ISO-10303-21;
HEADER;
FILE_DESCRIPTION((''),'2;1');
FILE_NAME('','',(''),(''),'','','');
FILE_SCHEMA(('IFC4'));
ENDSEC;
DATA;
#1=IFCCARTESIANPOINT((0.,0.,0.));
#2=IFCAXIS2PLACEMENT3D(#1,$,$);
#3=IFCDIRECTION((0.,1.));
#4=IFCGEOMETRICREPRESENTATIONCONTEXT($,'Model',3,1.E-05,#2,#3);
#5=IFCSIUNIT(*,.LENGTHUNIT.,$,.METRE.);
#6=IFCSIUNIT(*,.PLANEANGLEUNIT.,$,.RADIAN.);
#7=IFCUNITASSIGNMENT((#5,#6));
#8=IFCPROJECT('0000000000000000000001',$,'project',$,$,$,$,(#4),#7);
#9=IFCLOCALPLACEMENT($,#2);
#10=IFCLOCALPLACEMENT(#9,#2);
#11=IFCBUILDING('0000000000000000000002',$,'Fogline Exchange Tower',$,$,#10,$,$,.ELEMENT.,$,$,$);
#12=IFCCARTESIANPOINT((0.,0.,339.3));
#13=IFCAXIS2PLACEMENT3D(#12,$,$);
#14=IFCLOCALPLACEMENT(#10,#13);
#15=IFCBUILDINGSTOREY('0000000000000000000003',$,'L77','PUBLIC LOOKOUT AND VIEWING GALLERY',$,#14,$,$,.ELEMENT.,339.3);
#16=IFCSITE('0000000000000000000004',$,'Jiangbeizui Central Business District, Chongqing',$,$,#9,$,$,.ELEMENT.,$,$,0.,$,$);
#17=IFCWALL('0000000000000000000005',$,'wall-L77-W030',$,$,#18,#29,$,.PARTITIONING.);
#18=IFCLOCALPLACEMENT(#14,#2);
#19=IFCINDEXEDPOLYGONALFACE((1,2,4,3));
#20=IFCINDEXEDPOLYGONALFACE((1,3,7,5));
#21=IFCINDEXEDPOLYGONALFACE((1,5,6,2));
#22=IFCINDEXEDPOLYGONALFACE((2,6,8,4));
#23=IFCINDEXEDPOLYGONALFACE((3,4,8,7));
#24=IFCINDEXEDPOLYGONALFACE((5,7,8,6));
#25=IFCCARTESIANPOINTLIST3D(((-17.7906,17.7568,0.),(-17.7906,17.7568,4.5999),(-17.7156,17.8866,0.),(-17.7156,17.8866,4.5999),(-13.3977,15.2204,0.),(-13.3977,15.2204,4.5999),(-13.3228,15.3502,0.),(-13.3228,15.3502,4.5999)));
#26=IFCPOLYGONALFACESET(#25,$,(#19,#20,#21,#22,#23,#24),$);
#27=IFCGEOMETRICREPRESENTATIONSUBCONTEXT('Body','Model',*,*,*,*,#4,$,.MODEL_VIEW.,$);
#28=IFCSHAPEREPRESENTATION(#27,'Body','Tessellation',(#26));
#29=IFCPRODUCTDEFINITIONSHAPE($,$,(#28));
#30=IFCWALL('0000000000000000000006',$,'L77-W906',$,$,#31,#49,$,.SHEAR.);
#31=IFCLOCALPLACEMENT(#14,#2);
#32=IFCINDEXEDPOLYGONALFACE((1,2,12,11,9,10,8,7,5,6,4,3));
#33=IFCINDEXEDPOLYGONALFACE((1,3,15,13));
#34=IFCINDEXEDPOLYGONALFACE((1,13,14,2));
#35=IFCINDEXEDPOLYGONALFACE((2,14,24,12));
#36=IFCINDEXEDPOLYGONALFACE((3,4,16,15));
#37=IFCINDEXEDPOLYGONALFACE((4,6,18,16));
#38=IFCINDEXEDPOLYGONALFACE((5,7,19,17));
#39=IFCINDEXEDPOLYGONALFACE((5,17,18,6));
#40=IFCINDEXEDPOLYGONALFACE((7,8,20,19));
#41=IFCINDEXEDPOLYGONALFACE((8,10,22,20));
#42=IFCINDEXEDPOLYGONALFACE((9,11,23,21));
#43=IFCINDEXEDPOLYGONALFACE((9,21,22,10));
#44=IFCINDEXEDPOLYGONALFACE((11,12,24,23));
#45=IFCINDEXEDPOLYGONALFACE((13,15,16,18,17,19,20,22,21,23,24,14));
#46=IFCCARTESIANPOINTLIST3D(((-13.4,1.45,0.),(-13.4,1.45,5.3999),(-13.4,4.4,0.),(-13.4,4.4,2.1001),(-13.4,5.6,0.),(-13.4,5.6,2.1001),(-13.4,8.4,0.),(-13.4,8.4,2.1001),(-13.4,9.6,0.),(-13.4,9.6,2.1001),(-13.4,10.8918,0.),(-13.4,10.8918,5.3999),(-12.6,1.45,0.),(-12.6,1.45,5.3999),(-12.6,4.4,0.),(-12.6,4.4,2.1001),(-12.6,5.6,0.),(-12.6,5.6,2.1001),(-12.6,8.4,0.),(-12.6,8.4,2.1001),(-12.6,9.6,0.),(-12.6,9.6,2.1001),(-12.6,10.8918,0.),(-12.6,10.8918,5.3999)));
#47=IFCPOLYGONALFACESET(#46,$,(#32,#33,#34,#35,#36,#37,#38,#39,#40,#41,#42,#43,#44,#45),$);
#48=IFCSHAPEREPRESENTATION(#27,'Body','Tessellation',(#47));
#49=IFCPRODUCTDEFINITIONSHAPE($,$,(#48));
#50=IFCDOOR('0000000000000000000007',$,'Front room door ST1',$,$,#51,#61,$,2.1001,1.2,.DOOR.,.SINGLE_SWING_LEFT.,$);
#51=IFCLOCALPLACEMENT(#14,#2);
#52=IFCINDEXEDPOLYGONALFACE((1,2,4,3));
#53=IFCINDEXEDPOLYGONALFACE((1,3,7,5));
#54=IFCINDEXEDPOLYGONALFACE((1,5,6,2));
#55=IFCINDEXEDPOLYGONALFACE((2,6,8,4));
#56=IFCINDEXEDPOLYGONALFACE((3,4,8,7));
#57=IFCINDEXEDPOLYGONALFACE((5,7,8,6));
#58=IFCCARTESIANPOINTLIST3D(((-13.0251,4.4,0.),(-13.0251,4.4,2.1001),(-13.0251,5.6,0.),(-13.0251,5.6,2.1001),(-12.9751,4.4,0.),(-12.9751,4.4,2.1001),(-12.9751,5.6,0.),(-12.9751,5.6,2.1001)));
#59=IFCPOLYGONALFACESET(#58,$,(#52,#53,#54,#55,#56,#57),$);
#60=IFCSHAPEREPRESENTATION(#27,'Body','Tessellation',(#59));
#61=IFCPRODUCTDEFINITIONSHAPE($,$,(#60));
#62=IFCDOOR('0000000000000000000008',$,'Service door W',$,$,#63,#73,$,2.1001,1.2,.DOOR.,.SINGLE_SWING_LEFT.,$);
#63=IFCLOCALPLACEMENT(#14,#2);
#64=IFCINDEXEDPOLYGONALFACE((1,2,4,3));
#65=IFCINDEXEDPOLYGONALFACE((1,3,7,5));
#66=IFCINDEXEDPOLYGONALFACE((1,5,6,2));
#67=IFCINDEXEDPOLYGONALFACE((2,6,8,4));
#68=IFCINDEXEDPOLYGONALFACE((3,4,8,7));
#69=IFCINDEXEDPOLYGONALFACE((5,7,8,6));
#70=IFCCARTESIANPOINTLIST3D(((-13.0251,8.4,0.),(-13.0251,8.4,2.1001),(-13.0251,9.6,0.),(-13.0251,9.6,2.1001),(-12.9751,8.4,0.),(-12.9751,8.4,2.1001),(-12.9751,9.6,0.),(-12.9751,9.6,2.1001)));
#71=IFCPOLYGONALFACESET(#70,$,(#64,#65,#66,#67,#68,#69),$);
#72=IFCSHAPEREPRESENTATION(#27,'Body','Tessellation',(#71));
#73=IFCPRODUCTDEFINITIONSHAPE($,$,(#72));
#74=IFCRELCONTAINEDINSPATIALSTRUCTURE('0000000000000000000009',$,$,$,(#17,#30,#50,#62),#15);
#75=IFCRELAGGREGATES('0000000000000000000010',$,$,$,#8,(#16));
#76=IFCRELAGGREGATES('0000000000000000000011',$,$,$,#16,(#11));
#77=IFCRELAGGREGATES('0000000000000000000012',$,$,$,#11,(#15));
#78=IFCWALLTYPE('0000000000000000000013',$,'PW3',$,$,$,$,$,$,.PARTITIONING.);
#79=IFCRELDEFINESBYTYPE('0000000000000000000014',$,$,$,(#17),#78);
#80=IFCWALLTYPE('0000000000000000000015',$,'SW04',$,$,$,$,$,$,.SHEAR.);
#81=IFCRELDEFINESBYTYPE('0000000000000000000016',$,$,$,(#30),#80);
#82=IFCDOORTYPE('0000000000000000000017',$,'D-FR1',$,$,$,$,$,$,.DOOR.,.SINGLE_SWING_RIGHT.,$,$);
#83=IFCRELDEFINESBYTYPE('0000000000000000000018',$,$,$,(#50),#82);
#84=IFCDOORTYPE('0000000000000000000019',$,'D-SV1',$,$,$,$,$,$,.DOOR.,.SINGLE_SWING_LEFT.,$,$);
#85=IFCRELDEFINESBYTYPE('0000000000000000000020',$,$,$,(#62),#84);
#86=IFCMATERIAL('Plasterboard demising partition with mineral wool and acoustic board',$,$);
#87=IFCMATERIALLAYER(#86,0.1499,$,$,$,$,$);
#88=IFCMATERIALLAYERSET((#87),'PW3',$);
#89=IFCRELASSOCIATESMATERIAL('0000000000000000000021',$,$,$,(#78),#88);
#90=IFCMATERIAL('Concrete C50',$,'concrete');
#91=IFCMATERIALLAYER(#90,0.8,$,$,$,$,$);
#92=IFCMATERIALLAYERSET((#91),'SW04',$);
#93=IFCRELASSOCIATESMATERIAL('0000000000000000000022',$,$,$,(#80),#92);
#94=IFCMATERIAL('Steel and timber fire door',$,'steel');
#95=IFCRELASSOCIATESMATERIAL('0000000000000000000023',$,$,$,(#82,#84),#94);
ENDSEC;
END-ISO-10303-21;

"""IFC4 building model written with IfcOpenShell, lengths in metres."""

from ifc_helpers import new_model, si_unit, direction, frame, frame_2d, origin, place, context, subcontext, project, spatial, rectangle, extrude, material, layer, layer_set, type_object, element, fill, save


model = new_model("IFC4")

# Units and contexts
model_context = context("Model", 3, precision=1e-05, world=origin(), true_north=direction((0.0, 1.0)))
body_context = subcontext(model_context, "Body", "Model", "MODEL_VIEW")
ifc_project = project(units=[si_unit("LENGTHUNIT", "METRE"), si_unit("PLANEANGLEUNIT", "RADIAN")], contexts=[model_context])

# Site, building, storey
site_placement = place(None, origin())
site = spatial("IfcSite", under=ifc_project, at=site_placement, Name="Jiangbeizui Central Business District, Chongqing", CompositionType="ELEMENT", RefElevation=0.0)
building_placement = place(site_placement, origin())
building = spatial("IfcBuilding", under=site, at=building_placement, Name="Fogline Exchange Tower", CompositionType="ELEMENT")
storey_placement = place(building_placement, frame((0.0, 0.0, 339.3)))
storey = spatial("IfcBuildingStorey", under=building, at=storey_placement, Name="L77", Description="PUBLIC LOOKOUT AND VIEWING GALLERY", CompositionType="ELEMENT", Elevation=339.3)

# Wall
ifc_material_1 = material(Name="Plasterboard demising partition with mineral wool and acoustic board")
ifc_layer_1 = layer(ifc_material_1, 0.1499)
ifc_layer_set_1 = layer_set([ifc_layer_1], Name="PW3")
wall_type_1 = type_object("IfcWallType", Name="PW3", PredefinedType="PARTITIONING", material=ifc_layer_set_1)
wall_1_placement = place(storey_placement, frame((-13.3604, 15.2854, 0.0), z_axis=(0.0, 0.0, 1.0), x_axis=(-0.86601, 0.500027, 0.0)))
element("IfcWall", 1, at=wall_1_placement, inside=storey, type_object=wall_type_1, Name="wall-L77-W030", PredefinedType="PARTITIONING", context=body_context, shape_type="SweptSolid", body=[
    extrude(rectangle(XDim=5.0725, YDim=0.1499, at=frame_2d((2.5361, 0.0))), origin(), (0.0, 0.0, 1.0), 4.5999),
])

# Wall, openings, doors
ifc_material_2 = material(Name="Concrete C50", Category="concrete")
ifc_layer_2 = layer(ifc_material_2, 0.8)
ifc_layer_set_2 = layer_set([ifc_layer_2], Name="SW04")
wall_type_2 = type_object("IfcWallType", Name="SW04", PredefinedType="SHEAR", material=ifc_layer_set_2)
wall_2_placement = place(storey_placement, frame((-13.0, 10.8918, 0.0), z_axis=(0.0, 0.0, 1.0), x_axis=(0.0, -1.0, 0.0)))
wall_2 = element("IfcWall", 2, at=wall_2_placement, inside=storey, type_object=wall_type_2, Name="L77-W906", PredefinedType="SHEAR", context=body_context, shape_type="SweptSolid", body=[
    extrude(rectangle(XDim=9.4419, YDim=0.8, at=frame_2d((4.7209, 0.0))), origin(), (0.0, 0.0, 1.0), 5.3999),
])
opening_1_placement = place(wall_2_placement, frame((5.2917, 0.0, 0.0)))
opening_1 = element("IfcOpeningElement", 3, at=opening_1_placement, cuts=wall_2, PredefinedType="OPENING", context=body_context, shape_type="SweptSolid", body=[
    extrude(rectangle(XDim=1.2, YDim=2.1001, at=frame_2d((0.6001, 1.05))), frame((0.0, 0.4102, 0.0), z_axis=(0.0, -1.0, 0.0), x_axis=(1.0, 0.0, 0.0)), (0.0, 0.0, 1.0), 0.8201),
])
opening_2_placement = place(wall_2_placement, frame((1.2917, 0.0, 0.0)))
opening_2 = element("IfcOpeningElement", 4, at=opening_2_placement, cuts=wall_2, PredefinedType="OPENING", context=body_context, shape_type="SweptSolid", body=[
    extrude(rectangle(XDim=1.2, YDim=2.1001, at=frame_2d((0.6001, 1.05))), frame((0.0, 0.4102, 0.0), z_axis=(0.0, -1.0, 0.0), x_axis=(1.0, 0.0, 0.0)), (0.0, 0.0, 1.0), 0.8201),
])
ifc_material_3 = material(Name="Steel and timber fire door", Category="steel")
door_type_1 = type_object("IfcDoorType", Name="D-FR1", OperationType="SINGLE_SWING_RIGHT", PredefinedType="DOOR", material=ifc_material_3)
door_1_placement = place(opening_1_placement, origin())
door_1 = element("IfcDoor", 5, at=door_1_placement, inside=storey, type_object=door_type_1, Name="Front room door ST1", OperationType="SINGLE_SWING_LEFT", OverallHeight=2.1001, OverallWidth=1.2, PredefinedType="DOOR", context=body_context, shape_type="SweptSolid", body=[
    extrude(rectangle(XDim=1.2, YDim=2.1001, at=frame_2d((0.6001, 1.05))), frame((0.0, 0.0249, 0.0), z_axis=(0.0, -1.0, 0.0), x_axis=(1.0, 0.0, 0.0)), (0.0, 0.0, 1.0), 0.05),
])
fill(opening_1, door_1)
door_type_2 = type_object("IfcDoorType", Name="D-SV1", OperationType="SINGLE_SWING_LEFT", PredefinedType="DOOR", material=ifc_material_3)
door_2_placement = place(opening_2_placement, origin())
door_2 = element("IfcDoor", 6, at=door_2_placement, inside=storey, type_object=door_type_2, Name="Service door W", OperationType="SINGLE_SWING_LEFT", OverallHeight=2.1001, OverallWidth=1.2, PredefinedType="DOOR", context=body_context, shape_type="SweptSolid", body=[
    extrude(rectangle(XDim=1.2, YDim=2.1001, at=frame_2d((0.6001, 1.05))), frame((0.0, 0.0249, 0.0), z_axis=(0.0, -1.0, 0.0), x_axis=(1.0, 0.0, 0.0)), (0.0, 0.0, 1.0), 0.05),
])
fill(opening_2, door_2)

save(model, "model.ifc")
